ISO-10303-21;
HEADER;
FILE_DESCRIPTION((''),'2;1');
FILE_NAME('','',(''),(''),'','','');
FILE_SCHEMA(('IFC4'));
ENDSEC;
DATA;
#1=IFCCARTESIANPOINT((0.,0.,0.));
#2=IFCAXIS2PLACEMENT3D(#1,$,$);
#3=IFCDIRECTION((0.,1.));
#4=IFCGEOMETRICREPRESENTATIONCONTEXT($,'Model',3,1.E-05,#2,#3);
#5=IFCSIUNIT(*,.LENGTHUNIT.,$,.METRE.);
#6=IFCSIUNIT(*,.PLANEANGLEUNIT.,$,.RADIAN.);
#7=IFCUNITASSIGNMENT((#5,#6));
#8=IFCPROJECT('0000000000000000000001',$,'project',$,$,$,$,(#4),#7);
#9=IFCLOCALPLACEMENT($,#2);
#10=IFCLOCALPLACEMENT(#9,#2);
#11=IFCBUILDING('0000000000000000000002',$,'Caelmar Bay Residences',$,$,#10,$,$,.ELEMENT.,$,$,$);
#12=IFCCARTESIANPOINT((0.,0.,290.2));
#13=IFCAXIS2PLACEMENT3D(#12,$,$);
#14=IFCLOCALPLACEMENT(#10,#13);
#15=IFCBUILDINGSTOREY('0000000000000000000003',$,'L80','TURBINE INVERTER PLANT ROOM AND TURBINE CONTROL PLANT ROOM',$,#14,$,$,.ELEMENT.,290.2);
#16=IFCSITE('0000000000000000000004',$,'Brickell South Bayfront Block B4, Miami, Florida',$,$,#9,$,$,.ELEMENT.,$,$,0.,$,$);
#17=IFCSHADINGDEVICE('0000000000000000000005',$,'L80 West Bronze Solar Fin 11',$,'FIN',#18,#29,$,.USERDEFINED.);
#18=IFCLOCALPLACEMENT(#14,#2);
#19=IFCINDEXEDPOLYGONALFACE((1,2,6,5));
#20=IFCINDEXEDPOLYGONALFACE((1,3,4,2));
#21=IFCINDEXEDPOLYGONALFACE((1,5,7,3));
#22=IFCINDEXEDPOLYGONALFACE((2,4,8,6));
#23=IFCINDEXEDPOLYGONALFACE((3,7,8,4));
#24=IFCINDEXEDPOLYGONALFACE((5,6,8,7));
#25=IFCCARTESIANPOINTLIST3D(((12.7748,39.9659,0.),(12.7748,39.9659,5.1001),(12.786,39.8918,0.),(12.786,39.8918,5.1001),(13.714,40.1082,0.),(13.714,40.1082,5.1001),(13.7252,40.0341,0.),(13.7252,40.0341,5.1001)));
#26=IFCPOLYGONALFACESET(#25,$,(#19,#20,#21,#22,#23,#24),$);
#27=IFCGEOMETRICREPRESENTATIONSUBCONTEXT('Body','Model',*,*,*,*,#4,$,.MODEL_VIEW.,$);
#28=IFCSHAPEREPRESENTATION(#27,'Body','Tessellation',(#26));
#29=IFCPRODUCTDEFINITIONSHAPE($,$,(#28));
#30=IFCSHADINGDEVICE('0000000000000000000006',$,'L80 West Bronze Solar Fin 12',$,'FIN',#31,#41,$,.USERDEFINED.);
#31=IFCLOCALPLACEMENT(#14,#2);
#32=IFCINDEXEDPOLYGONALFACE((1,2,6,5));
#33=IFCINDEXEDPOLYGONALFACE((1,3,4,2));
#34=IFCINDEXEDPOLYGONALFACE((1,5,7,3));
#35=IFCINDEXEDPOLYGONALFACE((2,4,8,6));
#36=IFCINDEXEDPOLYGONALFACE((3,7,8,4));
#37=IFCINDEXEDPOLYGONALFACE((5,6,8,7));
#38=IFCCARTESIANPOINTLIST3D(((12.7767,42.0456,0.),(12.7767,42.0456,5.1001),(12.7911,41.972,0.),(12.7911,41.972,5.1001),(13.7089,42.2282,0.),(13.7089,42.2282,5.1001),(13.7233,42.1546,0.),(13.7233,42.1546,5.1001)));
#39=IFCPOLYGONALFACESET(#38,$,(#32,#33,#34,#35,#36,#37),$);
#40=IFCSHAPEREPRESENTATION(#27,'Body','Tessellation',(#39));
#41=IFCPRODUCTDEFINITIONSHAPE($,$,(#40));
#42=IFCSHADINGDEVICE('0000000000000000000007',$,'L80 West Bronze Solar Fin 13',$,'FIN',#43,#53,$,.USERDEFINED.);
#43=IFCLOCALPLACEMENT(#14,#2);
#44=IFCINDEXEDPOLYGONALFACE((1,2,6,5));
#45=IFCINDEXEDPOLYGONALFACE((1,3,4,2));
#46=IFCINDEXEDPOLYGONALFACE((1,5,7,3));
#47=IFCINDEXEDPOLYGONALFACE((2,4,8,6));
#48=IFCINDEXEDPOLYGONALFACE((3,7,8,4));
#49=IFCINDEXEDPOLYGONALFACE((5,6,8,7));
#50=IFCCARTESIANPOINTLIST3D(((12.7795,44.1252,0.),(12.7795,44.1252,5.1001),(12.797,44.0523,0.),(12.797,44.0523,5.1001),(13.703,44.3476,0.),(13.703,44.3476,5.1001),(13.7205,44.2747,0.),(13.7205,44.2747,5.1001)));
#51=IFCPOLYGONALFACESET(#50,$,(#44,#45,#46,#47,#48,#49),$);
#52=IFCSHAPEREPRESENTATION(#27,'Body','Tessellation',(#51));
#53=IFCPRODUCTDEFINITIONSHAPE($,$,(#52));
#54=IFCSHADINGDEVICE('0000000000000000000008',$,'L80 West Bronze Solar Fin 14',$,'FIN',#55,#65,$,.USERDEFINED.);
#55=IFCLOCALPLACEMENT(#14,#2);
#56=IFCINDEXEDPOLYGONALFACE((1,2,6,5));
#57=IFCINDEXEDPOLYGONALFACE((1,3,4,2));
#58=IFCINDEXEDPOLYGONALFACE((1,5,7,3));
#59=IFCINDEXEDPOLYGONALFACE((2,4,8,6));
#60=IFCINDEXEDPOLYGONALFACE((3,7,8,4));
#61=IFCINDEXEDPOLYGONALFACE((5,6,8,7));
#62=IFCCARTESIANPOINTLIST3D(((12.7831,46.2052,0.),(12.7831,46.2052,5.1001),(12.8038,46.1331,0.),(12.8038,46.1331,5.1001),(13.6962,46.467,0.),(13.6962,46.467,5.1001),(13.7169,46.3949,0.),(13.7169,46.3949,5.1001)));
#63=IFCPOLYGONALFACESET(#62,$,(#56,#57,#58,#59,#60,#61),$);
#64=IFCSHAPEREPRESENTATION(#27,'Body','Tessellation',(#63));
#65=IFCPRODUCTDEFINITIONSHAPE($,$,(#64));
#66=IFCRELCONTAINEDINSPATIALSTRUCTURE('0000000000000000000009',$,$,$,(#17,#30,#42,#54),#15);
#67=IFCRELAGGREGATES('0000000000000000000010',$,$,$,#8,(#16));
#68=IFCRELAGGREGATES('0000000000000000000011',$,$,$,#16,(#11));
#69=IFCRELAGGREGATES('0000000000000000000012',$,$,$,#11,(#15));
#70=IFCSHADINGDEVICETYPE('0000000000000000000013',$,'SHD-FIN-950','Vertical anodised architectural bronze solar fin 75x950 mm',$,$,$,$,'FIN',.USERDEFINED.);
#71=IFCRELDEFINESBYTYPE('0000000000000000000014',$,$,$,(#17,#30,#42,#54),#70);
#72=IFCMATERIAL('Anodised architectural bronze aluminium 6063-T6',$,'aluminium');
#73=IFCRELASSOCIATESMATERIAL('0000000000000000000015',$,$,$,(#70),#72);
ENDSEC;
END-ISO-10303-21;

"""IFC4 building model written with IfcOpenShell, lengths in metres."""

from ifc_helpers import new_model, si_unit, direction, frame, origin, origin_2d, place, context, subcontext, project, spatial, rectangle, extrude, material, material_profile, profile_set, type_object, element, save


model = new_model("IFC4")

# Units and contexts
model_context = context("Model", 3, precision=1e-05, world=origin(), true_north=direction((0.0, 1.0)))
body_context = subcontext(model_context, "Body", "Model", "MODEL_VIEW")
ifc_project = project(units=[si_unit("LENGTHUNIT", "METRE"), si_unit("PLANEANGLEUNIT", "RADIAN")], contexts=[model_context])

# Site, building, storey
site_placement = place(None, origin())
site = spatial("IfcSite", under=ifc_project, at=site_placement, Name="Brickell South Bayfront Block B4, Miami, Florida", CompositionType="ELEMENT", RefElevation=0.0)
building_placement = place(site_placement, origin())
building = spatial("IfcBuilding", under=site, at=building_placement, Name="Caelmar Bay Residences", CompositionType="ELEMENT")
storey_placement = place(building_placement, frame((0.0, 0.0, 290.2)))
storey = spatial("IfcBuildingStorey", under=building, at=storey_placement, Name="L80", Description="TURBINE INVERTER PLANT ROOM AND TURBINE CONTROL PLANT ROOM", CompositionType="ELEMENT", Elevation=290.2)

# Shading devices
ifc_material_1 = material(Name="Anodised architectural bronze aluminium 6063-T6", Category="aluminium")
ifc_material_profile = material_profile(ifc_material_1, rectangle(XDim=0.075, YDim=0.95, at=origin_2d()), Name="BRONZE-FIN-75X950")
ifc_profile_set = profile_set([ifc_material_profile], Name="Anodised architectural bronze aluminium 6063-T6")
shading_device_type = type_object("IfcShadingDeviceType", Name="SHD-FIN-950", Description="Vertical anodised architectural bronze solar fin 75x950 mm", ElementType="FIN", PredefinedType="USERDEFINED", material=ifc_profile_set)
for number, where, z_axis, x_axis, name in (
    (1, (13.25, 40.0, 0.0), (0.0, 0.0, 1.0), (-0.14988, 0.988704, 0.0), "L80 West Bronze Solar Fin 11"),
    (2, (13.25, 42.1001, 0.0), (0.0, 0.0, 1.0), (-0.192179, 0.98136, 0.0), "L80 West Bronze Solar Fin 12"),
    (3, (13.25, 44.2, 0.0), (0.0, 0.0, 1.0), (-0.234124, 0.972207, 0.0), "L80 West Bronze Solar Fin 13"),
    (4, (13.25, 46.3, 0.0), (0.0, 0.0, 1.0), (-0.275637, 0.961262, 0.0), "L80 West Bronze Solar Fin 14"),
):
    element("IfcShadingDevice", number, at=place(storey_placement, frame(where, z_axis=z_axis, x_axis=x_axis)), inside=storey, type_object=shading_device_type, Name=name, ObjectType="FIN", PredefinedType="USERDEFINED", context=body_context, shape_type="SweptSolid", body=[
        extrude(rectangle(XDim=0.075, YDim=0.95, at=origin_2d()), origin(), (0.0, 0.0, 1.0), 5.1001),
    ])

save(model, "model.ifc")
